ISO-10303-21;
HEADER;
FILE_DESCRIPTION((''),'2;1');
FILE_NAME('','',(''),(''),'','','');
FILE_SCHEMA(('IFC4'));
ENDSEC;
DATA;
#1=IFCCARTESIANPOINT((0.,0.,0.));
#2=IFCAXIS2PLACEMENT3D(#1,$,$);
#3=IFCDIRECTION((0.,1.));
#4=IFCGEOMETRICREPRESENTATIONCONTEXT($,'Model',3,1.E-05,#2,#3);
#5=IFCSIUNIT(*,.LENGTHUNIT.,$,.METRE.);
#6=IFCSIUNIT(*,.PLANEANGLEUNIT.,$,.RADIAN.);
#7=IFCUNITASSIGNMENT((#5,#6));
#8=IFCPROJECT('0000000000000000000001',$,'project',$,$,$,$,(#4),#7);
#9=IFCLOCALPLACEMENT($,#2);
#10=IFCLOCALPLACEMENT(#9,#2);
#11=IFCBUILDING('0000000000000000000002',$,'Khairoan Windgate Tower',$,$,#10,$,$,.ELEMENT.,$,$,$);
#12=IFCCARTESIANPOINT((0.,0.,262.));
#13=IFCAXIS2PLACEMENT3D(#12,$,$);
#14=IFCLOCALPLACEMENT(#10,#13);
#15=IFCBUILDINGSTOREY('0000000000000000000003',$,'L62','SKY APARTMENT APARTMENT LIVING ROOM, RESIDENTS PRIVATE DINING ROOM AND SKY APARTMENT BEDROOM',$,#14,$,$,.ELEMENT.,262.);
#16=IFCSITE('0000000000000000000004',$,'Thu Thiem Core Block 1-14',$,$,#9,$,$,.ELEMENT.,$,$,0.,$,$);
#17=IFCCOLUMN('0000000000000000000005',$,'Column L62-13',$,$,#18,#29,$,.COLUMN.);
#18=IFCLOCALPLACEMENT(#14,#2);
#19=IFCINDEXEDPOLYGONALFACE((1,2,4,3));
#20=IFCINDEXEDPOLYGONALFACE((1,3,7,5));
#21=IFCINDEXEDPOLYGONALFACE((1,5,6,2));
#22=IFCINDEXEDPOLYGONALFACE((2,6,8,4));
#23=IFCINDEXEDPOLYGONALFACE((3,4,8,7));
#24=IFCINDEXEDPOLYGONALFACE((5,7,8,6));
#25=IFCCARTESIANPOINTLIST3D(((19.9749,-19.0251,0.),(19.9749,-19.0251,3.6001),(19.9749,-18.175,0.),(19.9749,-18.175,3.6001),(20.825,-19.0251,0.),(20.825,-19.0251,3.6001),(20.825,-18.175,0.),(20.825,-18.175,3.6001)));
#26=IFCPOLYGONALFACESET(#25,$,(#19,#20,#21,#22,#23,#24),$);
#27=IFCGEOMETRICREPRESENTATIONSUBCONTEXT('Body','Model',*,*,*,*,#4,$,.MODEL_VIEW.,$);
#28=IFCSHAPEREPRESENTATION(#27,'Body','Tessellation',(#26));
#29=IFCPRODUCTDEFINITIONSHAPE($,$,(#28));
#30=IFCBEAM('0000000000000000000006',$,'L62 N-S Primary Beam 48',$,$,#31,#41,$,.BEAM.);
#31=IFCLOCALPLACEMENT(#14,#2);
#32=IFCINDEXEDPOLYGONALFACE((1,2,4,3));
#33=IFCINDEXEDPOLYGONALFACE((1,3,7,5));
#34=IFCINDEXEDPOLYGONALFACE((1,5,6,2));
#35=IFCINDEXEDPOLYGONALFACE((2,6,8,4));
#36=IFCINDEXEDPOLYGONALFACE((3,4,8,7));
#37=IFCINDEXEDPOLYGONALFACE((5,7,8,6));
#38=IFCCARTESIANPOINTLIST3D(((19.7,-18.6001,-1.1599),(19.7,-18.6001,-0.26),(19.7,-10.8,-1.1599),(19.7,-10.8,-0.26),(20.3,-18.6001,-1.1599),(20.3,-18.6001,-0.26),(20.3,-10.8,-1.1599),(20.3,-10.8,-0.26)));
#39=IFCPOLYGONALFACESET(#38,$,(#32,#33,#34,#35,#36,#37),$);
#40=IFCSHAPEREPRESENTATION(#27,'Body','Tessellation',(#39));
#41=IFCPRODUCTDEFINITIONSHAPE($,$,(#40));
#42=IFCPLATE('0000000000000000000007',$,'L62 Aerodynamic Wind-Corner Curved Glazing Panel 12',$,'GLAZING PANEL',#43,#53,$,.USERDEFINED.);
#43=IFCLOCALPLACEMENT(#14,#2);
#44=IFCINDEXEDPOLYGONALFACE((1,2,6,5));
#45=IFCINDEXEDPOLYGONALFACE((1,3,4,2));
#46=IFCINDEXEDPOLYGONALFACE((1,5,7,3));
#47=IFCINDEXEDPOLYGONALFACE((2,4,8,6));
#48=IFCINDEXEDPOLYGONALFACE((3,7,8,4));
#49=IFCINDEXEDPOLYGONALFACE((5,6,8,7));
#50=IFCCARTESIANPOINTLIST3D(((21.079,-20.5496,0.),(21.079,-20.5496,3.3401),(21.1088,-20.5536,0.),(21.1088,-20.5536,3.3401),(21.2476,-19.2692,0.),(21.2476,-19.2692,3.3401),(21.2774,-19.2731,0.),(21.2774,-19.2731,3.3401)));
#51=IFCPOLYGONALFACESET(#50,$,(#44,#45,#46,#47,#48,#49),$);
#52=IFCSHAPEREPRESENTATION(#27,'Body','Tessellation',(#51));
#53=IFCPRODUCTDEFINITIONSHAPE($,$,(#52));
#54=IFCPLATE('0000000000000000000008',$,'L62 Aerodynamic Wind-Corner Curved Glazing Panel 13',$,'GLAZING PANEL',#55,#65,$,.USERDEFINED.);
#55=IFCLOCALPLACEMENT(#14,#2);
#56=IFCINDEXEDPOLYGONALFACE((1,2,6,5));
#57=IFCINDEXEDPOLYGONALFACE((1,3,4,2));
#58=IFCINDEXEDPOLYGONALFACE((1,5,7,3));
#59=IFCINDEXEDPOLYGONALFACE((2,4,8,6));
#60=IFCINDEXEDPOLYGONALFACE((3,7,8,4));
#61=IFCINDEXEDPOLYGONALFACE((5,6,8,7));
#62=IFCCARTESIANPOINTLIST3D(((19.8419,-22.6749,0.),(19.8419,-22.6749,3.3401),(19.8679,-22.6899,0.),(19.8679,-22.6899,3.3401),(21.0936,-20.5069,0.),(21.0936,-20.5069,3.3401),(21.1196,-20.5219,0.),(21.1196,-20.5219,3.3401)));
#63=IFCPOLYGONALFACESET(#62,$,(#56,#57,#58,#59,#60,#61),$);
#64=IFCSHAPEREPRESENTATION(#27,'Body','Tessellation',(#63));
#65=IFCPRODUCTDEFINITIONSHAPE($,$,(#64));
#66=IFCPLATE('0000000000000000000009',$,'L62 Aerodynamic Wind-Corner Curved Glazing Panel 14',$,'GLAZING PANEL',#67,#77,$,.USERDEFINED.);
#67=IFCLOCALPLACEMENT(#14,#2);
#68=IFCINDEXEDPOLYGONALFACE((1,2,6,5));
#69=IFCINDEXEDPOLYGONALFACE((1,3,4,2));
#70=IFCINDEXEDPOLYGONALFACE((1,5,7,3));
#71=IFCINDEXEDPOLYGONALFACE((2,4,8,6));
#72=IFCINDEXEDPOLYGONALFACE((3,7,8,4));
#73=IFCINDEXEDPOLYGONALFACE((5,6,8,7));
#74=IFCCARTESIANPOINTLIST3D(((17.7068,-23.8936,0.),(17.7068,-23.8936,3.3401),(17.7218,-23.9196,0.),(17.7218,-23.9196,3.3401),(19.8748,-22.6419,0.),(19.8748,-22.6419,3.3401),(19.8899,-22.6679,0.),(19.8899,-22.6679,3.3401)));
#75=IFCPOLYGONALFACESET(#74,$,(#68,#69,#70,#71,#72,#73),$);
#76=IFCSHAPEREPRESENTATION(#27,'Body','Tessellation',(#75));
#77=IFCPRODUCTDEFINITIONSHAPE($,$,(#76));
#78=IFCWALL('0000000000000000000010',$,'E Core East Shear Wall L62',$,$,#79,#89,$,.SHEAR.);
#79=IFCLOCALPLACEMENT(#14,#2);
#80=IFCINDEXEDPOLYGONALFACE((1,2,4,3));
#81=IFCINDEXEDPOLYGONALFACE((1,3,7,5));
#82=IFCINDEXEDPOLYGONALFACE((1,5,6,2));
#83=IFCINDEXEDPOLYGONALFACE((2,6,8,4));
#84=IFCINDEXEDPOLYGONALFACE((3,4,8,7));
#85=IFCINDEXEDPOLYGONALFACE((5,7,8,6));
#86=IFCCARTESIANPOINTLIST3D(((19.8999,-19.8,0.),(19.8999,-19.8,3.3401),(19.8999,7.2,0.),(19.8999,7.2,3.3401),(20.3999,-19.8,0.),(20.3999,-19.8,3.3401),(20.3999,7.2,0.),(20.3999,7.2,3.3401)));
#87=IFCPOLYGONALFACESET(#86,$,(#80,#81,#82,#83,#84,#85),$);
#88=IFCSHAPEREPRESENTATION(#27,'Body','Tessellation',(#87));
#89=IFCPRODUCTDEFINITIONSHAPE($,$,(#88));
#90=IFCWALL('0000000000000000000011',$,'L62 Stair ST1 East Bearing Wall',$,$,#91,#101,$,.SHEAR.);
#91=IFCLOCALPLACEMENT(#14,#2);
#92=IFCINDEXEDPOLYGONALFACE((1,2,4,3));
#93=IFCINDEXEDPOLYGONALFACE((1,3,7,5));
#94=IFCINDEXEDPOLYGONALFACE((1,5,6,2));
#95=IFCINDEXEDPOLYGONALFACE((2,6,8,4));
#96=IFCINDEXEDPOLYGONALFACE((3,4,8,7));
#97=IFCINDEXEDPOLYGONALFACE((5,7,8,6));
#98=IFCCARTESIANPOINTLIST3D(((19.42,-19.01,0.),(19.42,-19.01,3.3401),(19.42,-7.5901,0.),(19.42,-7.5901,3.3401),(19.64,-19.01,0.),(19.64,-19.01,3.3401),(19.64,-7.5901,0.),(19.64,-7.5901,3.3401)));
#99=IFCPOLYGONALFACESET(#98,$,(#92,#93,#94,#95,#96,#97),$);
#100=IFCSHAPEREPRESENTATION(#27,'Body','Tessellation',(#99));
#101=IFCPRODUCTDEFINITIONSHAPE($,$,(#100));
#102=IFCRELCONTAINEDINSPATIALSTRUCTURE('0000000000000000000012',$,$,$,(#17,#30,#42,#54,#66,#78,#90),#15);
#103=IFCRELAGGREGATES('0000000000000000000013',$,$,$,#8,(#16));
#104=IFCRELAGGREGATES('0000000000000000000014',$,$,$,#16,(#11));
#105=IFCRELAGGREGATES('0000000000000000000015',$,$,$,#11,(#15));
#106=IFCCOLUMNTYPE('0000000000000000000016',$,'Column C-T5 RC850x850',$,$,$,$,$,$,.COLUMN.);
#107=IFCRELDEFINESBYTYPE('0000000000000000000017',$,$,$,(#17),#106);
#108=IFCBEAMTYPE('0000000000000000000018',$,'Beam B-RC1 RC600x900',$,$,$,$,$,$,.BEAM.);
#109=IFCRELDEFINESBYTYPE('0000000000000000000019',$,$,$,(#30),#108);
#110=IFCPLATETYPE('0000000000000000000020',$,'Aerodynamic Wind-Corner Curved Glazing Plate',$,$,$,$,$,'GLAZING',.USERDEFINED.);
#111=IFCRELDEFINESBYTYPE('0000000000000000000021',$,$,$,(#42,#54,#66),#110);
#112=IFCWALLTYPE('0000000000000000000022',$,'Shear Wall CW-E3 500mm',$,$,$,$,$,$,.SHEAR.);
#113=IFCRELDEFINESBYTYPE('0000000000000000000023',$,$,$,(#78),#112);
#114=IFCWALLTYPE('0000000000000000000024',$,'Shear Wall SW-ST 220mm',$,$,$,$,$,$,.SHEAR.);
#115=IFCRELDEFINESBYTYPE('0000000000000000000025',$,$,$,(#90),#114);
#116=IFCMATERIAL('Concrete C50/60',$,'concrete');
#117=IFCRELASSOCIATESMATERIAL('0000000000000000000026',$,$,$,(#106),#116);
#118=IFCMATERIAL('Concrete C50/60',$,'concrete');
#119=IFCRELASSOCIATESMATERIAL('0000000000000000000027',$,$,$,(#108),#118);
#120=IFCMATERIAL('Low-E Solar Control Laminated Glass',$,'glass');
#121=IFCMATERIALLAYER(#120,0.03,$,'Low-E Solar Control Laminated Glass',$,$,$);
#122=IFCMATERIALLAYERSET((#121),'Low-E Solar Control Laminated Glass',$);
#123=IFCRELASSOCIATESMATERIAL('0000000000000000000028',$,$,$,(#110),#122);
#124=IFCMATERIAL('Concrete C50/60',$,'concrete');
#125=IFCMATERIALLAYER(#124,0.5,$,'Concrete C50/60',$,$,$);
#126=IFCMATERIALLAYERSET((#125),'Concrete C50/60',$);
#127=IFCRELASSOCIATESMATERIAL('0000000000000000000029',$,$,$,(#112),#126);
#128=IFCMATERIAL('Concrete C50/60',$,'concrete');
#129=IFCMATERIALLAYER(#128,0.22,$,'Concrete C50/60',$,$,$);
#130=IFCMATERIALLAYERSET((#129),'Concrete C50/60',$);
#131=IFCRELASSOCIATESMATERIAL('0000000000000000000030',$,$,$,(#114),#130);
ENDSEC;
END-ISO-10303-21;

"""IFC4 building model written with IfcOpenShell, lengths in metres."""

from ifc_helpers import new_model, si_unit, direction, frame, frame_2d, origin, origin_2d, place, context, subcontext, project, spatial, rectangle, extrude, material, layer, layer_set, material_profile, profile_set, type_object, element, save


model = new_model("IFC4")

# Units and contexts
model_context = context("Model", 3, precision=1e-05, world=origin(), true_north=direction((0.0, 1.0)))
body_context = subcontext(model_context, "Body", "Model", "MODEL_VIEW")
ifc_project = project(units=[si_unit("LENGTHUNIT", "METRE"), si_unit("PLANEANGLEUNIT", "RADIAN")], contexts=[model_context])

# Site, building, storey
site_placement = place(None, origin())
site = spatial("IfcSite", under=ifc_project, at=site_placement, Name="Thu Thiem Core Block 1-14", CompositionType="ELEMENT", RefElevation=0.0)
building_placement = place(site_placement, origin())
building = spatial("IfcBuilding", under=site, at=building_placement, Name="Khairoan Windgate Tower", CompositionType="ELEMENT")
storey_placement = place(building_placement, frame((0.0, 0.0, 262.0)))
storey = spatial("IfcBuildingStorey", under=building, at=storey_placement, Name="L62", Description="SKY APARTMENT APARTMENT LIVING ROOM, RESIDENTS PRIVATE DINING ROOM AND SKY APARTMENT BEDROOM", CompositionType="ELEMENT", Elevation=262.0)

# Column
ifc_material_1 = material(Name="Concrete C50/60", Category="concrete")
ifc_material_profile_1 = material_profile(ifc_material_1, rectangle(XDim=0.8501, YDim=0.8501, at=origin_2d()))
ifc_profile_set_1 = profile_set([ifc_material_profile_1], Name="Concrete C50/60")
column_type = type_object("IfcColumnType", Name="Column C-T5 RC850x850", PredefinedType="COLUMN", material=ifc_profile_set_1)
column_placement = place(storey_placement, frame((20.3999, -18.6001, 0.0), z_axis=(0.0, 0.0, 1.0), x_axis=(1.0, 0.0, 0.0)))
element("IfcColumn", 1, at=column_placement, inside=storey, type_object=column_type, Name="Column L62-13", PredefinedType="COLUMN", context=body_context, shape_type="SweptSolid", body=[
    extrude(rectangle(XDim=0.8501, YDim=0.8501, at=origin_2d()), origin(), (0.0, 0.0, 1.0), 3.6001),
])

# Beam
ifc_material_2 = material(Name="Concrete C50/60", Category="concrete")
ifc_material_profile_2 = material_profile(ifc_material_2, rectangle(XDim=0.6001, YDim=0.8999, at=origin_2d()))
ifc_profile_set_2 = profile_set([ifc_material_profile_2], Name="Concrete C50/60")
beam_type = type_object("IfcBeamType", Name="Beam B-RC1 RC600x900", PredefinedType="BEAM", material=ifc_profile_set_2)
beam_placement = place(storey_placement, frame((20.0, -18.6001, -0.71), z_axis=(0.0, 1.0, 0.0), x_axis=(-1.0, 0.0, 0.0)))
element("IfcBeam", 2, at=beam_placement, inside=storey, type_object=beam_type, Name="L62 N-S Primary Beam 48", PredefinedType="BEAM", context=body_context, shape_type="SweptSolid", body=[
    extrude(rectangle(XDim=0.6001, YDim=0.8999, at=origin_2d()), origin(), (0.0, 0.0, 1.0), 7.8),
])

# Plates
ifc_material_3 = material(Name="Low-E Solar Control Laminated Glass", Category="glass")
ifc_layer_1 = layer(ifc_material_3, 0.03, Name="Low-E Solar Control Laminated Glass")
ifc_layer_set_1 = layer_set([ifc_layer_1], Name="Low-E Solar Control Laminated Glass")
plate_type_1 = type_object("IfcPlateType", Name="Aerodynamic Wind-Corner Curved Glazing Plate", ElementType="GLAZING", PredefinedType="USERDEFINED", material=ifc_layer_set_1)
plate_1_placement = place(storey_placement, frame((21.1782, -19.9114, 0.0), z_axis=(0.0, 0.0, 1.0), x_axis=(-0.130526, -0.991445, 0.0)))
element("IfcPlate", 3, at=plate_1_placement, inside=storey, type_object=plate_type_1, Name="L62 Aerodynamic Wind-Corner Curved Glazing Panel 12", ObjectType="GLAZING PANEL", PredefinedType="USERDEFINED", context=body_context, shape_type="SweptSolid", body=[
    extrude(rectangle(XDim=1.2915, YDim=0.03, at=origin_2d()), origin(), (0.0, 0.0, 1.0), 3.3401),
])
for number, where, z_axis, x_axis, name in (
    (4, (20.4807, -21.5984, 0.0), (0.0, 0.0, 1.0), (-0.5, -0.866025, 0.0), "L62 Aerodynamic Wind-Corner Curved Glazing Panel 13"),
    (5, (18.7983, -23.2808, 0.0), (0.0, 0.0, 1.0), (-0.866025, -0.5, 0.0), "L62 Aerodynamic Wind-Corner Curved Glazing Panel 14"),
):
    element("IfcPlate", number, at=place(storey_placement, frame(where, z_axis=z_axis, x_axis=x_axis)), inside=storey, type_object=plate_type_1, Name=name, ObjectType="GLAZING PANEL", PredefinedType="USERDEFINED", context=body_context, shape_type="SweptSolid", body=[
        extrude(rectangle(XDim=2.5034, YDim=0.03, at=origin_2d()), origin(), (0.0, 0.0, 1.0), 3.3401),
    ])

# Walls
ifc_material_4 = material(Name="Concrete C50/60", Category="concrete")
ifc_layer_2 = layer(ifc_material_4, 0.5, Name="Concrete C50/60")
ifc_layer_set_2 = layer_set([ifc_layer_2], Name="Concrete C50/60")
wall_type_1 = type_object("IfcWallType", Name="Shear Wall CW-E3 500mm", PredefinedType="SHEAR", material=ifc_layer_set_2)
wall_1_placement = place(storey_placement, frame((20.1499, -19.8, 0.0), z_axis=(0.0, 0.0, 1.0), x_axis=(0.0, 1.0, 0.0)))
element("IfcWall", 6, at=wall_1_placement, inside=storey, type_object=wall_type_1, Name="E Core East Shear Wall L62", PredefinedType="SHEAR", context=body_context, shape_type="SweptSolid", body=[
    extrude(rectangle(XDim=27.0, YDim=0.5, at=frame_2d((13.5, 0.0))), origin(), (0.0, 0.0, 1.0), 3.3401),
])
ifc_material_5 = material(Name="Concrete C50/60", Category="concrete")
ifc_layer_3 = layer(ifc_material_5, 0.22, Name="Concrete C50/60")
ifc_layer_set_3 = layer_set([ifc_layer_3], Name="Concrete C50/60")
wall_type_2 = type_object("IfcWallType", Name="Shear Wall SW-ST 220mm", PredefinedType="SHEAR", material=ifc_layer_set_3)
wall_2_placement = place(storey_placement, frame((19.53, -19.01, 0.0), z_axis=(0.0, 0.0, 1.0), x_axis=(0.0, 1.0, 0.0)))
element("IfcWall", 7, at=wall_2_placement, inside=storey, type_object=wall_type_2, Name="L62 Stair ST1 East Bearing Wall", PredefinedType="SHEAR", context=body_context, shape_type="SweptSolid", body=[
    extrude(rectangle(XDim=11.4199, YDim=0.22, at=frame_2d((5.71, 0.0))), origin(), (0.0, 0.0, 1.0), 3.3401),
])

save(model, "model.ifc")
